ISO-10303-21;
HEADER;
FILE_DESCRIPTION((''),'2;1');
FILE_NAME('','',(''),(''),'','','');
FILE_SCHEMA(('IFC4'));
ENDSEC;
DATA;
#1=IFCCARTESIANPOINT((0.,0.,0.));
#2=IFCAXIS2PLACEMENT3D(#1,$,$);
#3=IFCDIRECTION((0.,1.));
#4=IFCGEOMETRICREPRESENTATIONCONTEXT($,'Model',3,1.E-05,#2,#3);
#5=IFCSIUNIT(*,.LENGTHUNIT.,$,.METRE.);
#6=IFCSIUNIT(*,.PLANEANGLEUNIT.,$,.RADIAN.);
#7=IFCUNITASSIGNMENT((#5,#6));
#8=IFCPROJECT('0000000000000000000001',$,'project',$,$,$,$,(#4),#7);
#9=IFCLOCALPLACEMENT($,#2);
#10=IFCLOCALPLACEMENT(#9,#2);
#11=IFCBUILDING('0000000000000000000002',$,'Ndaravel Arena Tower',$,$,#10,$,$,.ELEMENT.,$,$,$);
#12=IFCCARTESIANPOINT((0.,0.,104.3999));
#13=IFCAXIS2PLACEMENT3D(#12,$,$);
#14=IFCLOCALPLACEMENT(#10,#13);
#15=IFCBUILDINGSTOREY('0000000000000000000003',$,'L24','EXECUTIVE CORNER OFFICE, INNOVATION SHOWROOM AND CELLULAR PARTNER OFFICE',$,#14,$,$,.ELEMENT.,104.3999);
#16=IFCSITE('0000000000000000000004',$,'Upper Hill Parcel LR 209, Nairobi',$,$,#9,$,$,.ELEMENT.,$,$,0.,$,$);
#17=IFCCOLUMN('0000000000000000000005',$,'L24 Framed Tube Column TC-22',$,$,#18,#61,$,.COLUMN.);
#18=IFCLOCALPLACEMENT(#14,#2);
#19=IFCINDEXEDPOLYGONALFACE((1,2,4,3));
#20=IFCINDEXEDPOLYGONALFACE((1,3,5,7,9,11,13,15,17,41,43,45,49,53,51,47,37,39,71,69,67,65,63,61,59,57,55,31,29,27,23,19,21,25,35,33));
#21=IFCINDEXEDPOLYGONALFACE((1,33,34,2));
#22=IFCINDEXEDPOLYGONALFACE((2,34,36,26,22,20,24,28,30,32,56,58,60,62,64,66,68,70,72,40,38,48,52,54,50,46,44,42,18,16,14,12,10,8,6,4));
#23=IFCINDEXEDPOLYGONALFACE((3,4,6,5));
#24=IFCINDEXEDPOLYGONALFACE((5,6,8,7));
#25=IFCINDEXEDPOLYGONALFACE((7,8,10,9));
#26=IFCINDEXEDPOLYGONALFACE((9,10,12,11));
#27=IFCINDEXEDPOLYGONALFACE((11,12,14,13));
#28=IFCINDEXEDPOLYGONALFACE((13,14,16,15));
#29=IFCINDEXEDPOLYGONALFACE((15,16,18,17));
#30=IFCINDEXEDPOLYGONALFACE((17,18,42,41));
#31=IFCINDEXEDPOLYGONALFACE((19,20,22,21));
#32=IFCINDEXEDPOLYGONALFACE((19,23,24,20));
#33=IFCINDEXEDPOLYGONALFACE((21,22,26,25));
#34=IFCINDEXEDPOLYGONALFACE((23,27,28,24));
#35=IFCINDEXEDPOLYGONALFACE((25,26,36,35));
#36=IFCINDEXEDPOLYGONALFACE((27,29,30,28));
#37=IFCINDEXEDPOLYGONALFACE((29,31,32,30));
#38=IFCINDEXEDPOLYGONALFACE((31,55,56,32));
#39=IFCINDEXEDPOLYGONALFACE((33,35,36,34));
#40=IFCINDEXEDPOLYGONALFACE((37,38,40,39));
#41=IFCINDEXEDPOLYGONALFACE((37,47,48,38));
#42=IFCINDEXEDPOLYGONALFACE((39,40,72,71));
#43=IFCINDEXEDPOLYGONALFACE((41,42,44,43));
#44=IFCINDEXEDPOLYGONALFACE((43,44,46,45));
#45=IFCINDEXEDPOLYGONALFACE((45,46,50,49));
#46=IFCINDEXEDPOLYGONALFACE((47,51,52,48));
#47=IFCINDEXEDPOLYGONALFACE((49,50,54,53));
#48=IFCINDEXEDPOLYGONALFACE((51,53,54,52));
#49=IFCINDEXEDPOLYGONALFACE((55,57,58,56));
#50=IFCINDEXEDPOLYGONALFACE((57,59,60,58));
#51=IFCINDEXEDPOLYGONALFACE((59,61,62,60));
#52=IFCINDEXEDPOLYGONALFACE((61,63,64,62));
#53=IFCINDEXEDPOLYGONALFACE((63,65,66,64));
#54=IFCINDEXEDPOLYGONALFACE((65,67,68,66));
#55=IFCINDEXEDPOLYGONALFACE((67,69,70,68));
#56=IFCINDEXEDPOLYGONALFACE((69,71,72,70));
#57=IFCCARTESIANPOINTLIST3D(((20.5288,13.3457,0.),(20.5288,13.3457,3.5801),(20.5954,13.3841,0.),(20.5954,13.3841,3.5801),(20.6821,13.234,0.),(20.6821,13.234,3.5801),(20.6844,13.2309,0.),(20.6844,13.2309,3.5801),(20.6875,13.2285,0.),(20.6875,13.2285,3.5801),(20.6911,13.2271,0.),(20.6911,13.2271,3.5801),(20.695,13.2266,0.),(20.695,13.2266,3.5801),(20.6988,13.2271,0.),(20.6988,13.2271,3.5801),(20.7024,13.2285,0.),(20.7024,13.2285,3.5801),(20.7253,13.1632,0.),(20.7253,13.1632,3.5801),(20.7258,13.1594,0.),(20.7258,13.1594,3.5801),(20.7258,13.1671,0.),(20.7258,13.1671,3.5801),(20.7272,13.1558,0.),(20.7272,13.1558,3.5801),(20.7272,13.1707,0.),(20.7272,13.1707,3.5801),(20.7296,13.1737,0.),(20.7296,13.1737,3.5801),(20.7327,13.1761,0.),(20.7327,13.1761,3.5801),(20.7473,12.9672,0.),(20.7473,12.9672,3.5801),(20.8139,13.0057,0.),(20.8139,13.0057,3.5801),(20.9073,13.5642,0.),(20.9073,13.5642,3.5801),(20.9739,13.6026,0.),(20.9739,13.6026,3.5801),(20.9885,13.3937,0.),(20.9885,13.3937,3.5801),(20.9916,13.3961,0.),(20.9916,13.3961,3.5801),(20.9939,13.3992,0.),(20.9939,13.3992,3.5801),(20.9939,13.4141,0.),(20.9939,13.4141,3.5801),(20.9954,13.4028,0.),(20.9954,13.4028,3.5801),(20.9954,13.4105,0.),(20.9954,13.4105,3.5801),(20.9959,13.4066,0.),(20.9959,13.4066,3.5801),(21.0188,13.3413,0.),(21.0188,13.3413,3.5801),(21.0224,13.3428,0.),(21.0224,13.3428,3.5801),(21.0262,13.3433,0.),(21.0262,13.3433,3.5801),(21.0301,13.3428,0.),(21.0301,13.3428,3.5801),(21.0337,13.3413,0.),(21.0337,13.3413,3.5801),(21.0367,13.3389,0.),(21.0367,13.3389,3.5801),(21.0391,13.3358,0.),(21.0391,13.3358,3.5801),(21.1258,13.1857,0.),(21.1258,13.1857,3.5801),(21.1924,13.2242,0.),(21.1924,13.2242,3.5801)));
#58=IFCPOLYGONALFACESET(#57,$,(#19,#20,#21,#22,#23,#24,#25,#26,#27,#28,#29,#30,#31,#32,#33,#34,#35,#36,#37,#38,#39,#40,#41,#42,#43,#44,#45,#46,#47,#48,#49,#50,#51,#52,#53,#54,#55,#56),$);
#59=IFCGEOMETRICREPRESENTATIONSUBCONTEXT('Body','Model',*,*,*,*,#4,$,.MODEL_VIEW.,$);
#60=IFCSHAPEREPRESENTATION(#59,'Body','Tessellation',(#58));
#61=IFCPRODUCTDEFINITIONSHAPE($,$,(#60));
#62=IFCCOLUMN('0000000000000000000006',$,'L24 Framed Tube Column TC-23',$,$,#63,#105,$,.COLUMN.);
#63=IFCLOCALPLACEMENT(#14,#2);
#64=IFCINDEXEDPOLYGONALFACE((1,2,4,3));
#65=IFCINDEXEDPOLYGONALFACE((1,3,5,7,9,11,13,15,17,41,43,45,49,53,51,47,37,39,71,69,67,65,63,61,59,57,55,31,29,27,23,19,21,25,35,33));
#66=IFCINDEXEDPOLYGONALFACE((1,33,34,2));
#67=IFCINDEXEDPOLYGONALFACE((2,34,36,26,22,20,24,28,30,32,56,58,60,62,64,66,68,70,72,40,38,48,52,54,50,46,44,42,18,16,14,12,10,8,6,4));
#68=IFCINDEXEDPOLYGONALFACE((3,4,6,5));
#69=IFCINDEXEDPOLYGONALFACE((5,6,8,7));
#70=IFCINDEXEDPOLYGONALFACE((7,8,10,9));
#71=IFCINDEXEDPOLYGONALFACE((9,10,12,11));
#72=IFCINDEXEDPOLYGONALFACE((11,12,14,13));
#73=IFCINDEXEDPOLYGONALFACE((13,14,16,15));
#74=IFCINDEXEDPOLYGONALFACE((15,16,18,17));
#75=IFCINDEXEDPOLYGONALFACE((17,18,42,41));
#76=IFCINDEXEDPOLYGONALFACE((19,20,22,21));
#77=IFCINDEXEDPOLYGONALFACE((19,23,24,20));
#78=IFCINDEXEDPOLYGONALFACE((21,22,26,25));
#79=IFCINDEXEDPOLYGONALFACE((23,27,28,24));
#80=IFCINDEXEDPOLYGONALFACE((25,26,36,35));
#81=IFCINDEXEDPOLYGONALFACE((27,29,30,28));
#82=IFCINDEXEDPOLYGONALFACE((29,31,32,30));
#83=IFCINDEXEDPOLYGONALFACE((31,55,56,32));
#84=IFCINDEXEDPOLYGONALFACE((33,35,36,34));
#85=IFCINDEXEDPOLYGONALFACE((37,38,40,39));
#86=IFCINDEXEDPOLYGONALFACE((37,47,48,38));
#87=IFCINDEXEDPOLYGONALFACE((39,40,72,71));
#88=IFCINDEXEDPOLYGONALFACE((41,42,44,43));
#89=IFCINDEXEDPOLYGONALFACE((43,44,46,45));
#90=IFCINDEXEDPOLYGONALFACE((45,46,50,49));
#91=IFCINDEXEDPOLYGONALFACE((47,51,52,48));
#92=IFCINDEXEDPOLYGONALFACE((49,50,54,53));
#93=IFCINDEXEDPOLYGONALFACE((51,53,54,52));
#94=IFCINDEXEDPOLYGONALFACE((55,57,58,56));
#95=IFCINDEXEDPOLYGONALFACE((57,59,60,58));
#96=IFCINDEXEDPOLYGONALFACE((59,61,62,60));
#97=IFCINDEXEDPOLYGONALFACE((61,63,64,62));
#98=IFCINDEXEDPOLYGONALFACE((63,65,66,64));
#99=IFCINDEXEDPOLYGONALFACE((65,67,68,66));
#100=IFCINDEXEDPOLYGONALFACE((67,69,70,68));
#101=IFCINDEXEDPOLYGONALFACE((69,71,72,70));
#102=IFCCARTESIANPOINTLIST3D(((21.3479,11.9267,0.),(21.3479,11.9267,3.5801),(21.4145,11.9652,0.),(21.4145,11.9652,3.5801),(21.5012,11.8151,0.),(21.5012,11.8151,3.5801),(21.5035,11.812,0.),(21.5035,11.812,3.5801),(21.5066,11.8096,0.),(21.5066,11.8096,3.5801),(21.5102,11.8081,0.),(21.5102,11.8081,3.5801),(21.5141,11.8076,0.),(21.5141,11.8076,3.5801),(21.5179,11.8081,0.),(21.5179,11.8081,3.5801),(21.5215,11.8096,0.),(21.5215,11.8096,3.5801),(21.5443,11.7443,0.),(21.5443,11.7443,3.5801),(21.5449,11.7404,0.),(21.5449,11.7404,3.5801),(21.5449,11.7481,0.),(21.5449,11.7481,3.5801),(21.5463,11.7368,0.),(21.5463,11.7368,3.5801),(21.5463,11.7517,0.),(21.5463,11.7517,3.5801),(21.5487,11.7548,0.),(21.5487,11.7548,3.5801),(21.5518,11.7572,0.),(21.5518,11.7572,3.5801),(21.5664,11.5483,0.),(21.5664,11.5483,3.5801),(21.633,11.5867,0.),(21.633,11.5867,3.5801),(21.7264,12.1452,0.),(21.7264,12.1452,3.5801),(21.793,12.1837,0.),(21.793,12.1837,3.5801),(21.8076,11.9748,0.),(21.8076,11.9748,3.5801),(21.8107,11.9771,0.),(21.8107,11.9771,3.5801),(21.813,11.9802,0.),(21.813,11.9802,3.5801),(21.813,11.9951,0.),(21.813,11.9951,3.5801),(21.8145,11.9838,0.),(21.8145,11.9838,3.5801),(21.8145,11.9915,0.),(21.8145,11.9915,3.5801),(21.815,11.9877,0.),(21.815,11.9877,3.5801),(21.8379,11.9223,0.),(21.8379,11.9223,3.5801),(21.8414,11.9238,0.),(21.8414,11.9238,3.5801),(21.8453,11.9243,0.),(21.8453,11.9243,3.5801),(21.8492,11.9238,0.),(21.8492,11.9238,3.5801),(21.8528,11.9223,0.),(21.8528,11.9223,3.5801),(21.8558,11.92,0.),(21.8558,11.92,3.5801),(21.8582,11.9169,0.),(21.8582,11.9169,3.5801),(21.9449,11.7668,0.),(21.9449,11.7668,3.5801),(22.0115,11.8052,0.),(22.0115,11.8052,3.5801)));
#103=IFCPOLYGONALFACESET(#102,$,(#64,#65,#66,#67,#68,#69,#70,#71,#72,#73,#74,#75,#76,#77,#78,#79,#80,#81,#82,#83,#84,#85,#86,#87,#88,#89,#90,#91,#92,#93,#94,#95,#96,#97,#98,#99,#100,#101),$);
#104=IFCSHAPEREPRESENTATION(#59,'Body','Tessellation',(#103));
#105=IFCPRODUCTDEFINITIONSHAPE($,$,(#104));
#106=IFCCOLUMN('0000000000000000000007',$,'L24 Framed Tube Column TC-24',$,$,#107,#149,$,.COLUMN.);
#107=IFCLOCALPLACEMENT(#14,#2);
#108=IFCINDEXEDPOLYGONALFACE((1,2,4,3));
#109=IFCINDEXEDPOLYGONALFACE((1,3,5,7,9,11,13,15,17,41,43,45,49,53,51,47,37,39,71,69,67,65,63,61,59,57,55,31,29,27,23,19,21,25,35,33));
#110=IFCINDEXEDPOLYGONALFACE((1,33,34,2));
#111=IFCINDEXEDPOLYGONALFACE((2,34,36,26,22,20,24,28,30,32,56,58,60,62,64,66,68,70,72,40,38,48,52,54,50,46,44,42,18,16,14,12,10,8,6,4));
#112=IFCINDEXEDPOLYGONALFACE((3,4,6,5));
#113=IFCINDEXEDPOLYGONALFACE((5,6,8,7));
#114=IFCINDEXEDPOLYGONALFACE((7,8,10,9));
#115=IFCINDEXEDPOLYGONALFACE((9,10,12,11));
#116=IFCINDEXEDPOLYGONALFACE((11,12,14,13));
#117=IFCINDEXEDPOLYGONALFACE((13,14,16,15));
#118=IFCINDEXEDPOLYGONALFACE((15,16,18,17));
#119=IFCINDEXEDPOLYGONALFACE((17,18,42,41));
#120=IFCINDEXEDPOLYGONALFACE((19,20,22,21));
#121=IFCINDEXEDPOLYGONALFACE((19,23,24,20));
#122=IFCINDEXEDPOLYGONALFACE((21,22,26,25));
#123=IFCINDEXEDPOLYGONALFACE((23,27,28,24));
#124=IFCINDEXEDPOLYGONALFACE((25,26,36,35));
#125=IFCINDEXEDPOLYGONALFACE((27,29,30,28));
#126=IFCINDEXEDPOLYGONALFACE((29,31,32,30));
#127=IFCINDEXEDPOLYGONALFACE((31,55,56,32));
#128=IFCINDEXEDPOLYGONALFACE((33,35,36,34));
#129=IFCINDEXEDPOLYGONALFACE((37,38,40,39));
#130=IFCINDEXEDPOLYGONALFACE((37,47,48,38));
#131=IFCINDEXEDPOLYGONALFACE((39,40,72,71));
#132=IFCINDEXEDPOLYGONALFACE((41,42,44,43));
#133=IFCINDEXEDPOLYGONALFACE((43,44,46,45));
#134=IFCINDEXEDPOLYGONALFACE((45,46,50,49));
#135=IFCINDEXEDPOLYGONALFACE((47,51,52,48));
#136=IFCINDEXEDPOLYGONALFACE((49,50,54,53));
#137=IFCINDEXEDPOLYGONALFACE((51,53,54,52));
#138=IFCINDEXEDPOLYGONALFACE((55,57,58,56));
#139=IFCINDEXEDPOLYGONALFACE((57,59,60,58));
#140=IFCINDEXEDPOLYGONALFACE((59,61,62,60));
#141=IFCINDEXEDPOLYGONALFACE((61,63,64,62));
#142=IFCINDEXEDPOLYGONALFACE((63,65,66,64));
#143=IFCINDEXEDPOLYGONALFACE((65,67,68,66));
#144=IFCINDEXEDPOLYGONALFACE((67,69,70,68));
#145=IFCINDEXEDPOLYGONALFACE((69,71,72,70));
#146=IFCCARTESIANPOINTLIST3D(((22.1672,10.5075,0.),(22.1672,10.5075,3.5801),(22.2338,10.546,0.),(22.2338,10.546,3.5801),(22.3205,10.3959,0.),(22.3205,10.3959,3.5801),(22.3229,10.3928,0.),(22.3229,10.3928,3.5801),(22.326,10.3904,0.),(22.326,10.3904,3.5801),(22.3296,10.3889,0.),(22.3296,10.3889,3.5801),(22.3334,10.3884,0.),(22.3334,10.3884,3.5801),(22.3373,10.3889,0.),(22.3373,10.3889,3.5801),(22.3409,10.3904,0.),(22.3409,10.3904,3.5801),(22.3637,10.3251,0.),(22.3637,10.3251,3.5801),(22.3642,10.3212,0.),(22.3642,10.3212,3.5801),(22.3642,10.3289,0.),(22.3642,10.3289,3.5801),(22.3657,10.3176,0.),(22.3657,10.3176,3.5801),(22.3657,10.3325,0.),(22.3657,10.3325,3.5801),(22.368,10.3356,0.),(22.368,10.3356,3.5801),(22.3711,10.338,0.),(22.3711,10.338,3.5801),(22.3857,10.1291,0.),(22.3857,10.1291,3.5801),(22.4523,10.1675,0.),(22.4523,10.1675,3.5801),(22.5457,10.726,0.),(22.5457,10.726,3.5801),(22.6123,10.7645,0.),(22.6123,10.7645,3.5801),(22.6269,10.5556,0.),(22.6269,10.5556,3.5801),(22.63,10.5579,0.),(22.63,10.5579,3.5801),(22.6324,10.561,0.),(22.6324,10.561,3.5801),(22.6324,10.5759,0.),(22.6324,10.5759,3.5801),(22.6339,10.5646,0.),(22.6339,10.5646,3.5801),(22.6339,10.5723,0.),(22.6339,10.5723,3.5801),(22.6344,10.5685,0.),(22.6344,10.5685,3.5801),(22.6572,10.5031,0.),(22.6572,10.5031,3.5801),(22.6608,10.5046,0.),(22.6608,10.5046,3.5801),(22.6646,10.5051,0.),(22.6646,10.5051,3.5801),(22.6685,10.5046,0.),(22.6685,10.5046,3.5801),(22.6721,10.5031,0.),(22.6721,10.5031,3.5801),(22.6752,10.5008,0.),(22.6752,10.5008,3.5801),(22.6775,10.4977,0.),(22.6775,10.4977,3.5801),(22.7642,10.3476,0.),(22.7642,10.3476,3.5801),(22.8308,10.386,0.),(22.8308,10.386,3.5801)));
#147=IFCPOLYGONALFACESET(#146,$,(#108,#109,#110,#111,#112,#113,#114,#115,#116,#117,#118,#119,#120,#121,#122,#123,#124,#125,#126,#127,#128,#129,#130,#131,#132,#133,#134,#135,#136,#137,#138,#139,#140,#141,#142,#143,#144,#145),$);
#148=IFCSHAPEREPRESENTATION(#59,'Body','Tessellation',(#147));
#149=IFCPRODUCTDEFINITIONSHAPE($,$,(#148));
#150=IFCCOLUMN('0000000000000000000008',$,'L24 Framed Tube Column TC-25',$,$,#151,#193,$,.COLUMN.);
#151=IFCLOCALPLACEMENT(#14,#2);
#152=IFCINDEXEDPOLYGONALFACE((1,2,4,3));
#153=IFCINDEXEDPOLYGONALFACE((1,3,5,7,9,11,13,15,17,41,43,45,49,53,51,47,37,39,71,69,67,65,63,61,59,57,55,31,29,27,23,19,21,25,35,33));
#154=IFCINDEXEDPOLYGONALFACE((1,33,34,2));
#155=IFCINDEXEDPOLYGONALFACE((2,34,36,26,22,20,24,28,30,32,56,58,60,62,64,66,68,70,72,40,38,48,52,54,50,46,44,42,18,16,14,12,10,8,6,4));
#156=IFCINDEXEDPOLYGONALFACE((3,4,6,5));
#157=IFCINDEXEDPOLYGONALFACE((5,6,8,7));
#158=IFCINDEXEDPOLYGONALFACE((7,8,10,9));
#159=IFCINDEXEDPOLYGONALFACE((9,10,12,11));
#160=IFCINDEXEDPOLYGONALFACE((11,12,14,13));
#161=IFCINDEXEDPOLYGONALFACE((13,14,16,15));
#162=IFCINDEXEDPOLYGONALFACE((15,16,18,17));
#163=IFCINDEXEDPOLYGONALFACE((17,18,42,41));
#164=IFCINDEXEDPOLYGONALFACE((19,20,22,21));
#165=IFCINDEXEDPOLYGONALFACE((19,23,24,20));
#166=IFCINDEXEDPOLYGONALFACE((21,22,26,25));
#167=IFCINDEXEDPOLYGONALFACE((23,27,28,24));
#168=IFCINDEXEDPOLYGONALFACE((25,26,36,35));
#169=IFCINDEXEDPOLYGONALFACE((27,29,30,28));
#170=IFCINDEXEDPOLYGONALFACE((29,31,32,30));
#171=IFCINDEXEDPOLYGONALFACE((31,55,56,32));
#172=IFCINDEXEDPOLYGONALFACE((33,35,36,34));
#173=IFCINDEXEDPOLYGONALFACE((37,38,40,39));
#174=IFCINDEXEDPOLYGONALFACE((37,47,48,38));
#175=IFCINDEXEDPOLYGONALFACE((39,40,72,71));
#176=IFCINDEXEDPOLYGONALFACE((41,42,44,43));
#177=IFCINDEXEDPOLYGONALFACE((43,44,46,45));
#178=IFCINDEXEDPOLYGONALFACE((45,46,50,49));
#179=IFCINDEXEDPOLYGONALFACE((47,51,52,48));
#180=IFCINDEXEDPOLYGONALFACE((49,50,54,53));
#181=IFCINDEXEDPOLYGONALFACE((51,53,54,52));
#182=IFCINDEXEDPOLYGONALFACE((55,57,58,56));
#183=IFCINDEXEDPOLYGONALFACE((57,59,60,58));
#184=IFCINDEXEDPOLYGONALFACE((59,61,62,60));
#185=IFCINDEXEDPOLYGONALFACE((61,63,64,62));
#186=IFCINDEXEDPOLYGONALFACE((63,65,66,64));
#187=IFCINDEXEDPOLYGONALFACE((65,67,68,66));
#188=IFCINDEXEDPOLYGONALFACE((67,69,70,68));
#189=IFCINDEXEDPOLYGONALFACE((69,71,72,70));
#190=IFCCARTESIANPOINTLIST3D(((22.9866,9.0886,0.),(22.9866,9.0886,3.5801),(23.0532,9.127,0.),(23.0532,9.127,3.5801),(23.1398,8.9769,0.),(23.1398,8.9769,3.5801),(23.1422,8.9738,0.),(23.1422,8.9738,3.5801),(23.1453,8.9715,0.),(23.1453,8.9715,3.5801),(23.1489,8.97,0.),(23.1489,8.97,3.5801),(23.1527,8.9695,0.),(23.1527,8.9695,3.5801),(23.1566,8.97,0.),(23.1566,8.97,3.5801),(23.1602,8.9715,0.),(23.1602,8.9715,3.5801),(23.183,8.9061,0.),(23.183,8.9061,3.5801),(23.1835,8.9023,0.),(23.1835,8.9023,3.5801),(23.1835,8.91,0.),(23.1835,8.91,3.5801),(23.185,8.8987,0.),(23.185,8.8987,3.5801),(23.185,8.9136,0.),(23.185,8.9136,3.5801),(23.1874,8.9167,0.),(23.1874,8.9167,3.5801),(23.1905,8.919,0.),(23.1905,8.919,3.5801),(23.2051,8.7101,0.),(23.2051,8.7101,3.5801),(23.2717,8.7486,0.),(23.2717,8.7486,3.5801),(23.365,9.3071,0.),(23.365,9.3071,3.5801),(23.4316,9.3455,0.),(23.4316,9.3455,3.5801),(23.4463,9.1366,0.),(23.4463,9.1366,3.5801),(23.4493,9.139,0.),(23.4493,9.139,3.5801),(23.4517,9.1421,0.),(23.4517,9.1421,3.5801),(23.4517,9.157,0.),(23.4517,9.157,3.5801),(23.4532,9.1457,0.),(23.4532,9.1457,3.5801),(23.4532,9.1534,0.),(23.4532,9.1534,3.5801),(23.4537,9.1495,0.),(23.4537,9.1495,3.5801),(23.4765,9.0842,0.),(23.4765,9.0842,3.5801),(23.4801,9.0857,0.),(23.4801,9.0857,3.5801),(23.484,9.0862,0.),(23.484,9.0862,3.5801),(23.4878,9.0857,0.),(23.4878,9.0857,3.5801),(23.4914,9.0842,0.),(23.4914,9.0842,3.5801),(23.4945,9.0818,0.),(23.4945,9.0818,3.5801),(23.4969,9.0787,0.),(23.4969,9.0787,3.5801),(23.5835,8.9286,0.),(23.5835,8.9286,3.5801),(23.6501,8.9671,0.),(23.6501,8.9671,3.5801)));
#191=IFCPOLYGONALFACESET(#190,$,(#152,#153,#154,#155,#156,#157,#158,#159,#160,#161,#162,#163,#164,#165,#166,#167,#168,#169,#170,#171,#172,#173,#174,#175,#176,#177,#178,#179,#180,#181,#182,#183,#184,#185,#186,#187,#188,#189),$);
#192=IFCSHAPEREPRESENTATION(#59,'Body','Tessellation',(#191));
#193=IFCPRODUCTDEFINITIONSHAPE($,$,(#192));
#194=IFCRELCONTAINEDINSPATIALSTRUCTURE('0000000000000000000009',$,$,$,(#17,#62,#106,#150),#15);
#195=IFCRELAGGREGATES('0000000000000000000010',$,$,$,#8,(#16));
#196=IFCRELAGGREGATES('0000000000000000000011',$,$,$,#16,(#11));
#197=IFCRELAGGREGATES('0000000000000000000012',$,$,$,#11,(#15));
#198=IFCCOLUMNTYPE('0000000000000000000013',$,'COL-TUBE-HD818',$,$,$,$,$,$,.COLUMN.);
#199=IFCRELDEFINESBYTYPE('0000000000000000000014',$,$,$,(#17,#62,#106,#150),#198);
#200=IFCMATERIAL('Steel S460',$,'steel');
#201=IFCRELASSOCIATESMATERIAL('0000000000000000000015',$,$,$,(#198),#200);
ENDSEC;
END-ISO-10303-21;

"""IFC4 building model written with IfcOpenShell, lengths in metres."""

from ifc_helpers import new_model, si_unit, direction, frame, origin, origin_2d, place, context, subcontext, project, spatial, i_section, extrude, material, material_profile, profile_set, type_object, element, save


model = new_model("IFC4")

# Units and contexts
model_context = context("Model", 3, precision=1e-05, world=origin(), true_north=direction((0.0, 1.0)))
body_context = subcontext(model_context, "Body", "Model", "MODEL_VIEW")
ifc_project = project(units=[si_unit("LENGTHUNIT", "METRE"), si_unit("PLANEANGLEUNIT", "RADIAN")], contexts=[model_context])

# Site, building, storey
site_placement = place(None, origin())
site = spatial("IfcSite", under=ifc_project, at=site_placement, Name="Upper Hill Parcel LR 209, Nairobi", CompositionType="ELEMENT", RefElevation=0.0)
building_placement = place(site_placement, origin())
building = spatial("IfcBuilding", under=site, at=building_placement, Name="Ndaravel Arena Tower", CompositionType="ELEMENT")
storey_placement = place(building_placement, frame((0.0, 0.0, 104.3999)))
storey = spatial("IfcBuildingStorey", under=building, at=storey_placement, Name="L24", Description="EXECUTIVE CORNER OFFICE, INNOVATION SHOWROOM AND CELLULAR PARTNER OFFICE", CompositionType="ELEMENT", Elevation=104.3999)

# Columns
ifc_material_1 = material(Name="Steel S460", Category="steel")
ifc_material_profile_1 = material_profile(ifc_material_1, i_section(OverallWidth=0.437, OverallDepth=0.5139, WebThickness=0.0605, FlangeThickness=0.0769, FilletRadius=0.0149, at=origin_2d()), Name="HD 400x818")
ifc_profile_set_1 = profile_set([ifc_material_profile_1], Name="Steel S460")
column_type = type_object("IfcColumnType", Name="COL-TUBE-HD818", PredefinedType="COLUMN", material=ifc_profile_set_1)
for number, where, z_axis, x_axis, name in (
    (1, (20.8606, 13.2849, 0.0), (0.0, 0.0, 1.0), (-0.5, 0.866025, 0.0), "L24 Framed Tube Column TC-22"),
    (2, (21.6797, 11.866, 0.0), (0.0, 0.0, 1.0), (-0.5, 0.866025, 0.0), "L24 Framed Tube Column TC-23"),
    (3, (22.499, 10.4468, 0.0), (0.0, 0.0, 1.0), (-0.5, 0.866025, 0.0), "L24 Framed Tube Column TC-24"),
    (4, (23.3184, 9.0278, 0.0), (0.0, 0.0, 1.0), (-0.5, 0.866025, 0.0), "L24 Framed Tube Column TC-25"),
):
    element("IfcColumn", number, at=place(storey_placement, frame(where, z_axis=z_axis, x_axis=x_axis)), inside=storey, type_object=column_type, Name=name, PredefinedType="COLUMN", context=body_context, shape_type="SweptSolid", body=[
        extrude(i_section(OverallWidth=0.437, OverallDepth=0.5139, WebThickness=0.0605, FlangeThickness=0.0769, FilletRadius=0.0149, at=origin_2d()), origin(), (0.0, 0.0, 1.0), 3.5801),
    ])

save(model, "model.ifc")
